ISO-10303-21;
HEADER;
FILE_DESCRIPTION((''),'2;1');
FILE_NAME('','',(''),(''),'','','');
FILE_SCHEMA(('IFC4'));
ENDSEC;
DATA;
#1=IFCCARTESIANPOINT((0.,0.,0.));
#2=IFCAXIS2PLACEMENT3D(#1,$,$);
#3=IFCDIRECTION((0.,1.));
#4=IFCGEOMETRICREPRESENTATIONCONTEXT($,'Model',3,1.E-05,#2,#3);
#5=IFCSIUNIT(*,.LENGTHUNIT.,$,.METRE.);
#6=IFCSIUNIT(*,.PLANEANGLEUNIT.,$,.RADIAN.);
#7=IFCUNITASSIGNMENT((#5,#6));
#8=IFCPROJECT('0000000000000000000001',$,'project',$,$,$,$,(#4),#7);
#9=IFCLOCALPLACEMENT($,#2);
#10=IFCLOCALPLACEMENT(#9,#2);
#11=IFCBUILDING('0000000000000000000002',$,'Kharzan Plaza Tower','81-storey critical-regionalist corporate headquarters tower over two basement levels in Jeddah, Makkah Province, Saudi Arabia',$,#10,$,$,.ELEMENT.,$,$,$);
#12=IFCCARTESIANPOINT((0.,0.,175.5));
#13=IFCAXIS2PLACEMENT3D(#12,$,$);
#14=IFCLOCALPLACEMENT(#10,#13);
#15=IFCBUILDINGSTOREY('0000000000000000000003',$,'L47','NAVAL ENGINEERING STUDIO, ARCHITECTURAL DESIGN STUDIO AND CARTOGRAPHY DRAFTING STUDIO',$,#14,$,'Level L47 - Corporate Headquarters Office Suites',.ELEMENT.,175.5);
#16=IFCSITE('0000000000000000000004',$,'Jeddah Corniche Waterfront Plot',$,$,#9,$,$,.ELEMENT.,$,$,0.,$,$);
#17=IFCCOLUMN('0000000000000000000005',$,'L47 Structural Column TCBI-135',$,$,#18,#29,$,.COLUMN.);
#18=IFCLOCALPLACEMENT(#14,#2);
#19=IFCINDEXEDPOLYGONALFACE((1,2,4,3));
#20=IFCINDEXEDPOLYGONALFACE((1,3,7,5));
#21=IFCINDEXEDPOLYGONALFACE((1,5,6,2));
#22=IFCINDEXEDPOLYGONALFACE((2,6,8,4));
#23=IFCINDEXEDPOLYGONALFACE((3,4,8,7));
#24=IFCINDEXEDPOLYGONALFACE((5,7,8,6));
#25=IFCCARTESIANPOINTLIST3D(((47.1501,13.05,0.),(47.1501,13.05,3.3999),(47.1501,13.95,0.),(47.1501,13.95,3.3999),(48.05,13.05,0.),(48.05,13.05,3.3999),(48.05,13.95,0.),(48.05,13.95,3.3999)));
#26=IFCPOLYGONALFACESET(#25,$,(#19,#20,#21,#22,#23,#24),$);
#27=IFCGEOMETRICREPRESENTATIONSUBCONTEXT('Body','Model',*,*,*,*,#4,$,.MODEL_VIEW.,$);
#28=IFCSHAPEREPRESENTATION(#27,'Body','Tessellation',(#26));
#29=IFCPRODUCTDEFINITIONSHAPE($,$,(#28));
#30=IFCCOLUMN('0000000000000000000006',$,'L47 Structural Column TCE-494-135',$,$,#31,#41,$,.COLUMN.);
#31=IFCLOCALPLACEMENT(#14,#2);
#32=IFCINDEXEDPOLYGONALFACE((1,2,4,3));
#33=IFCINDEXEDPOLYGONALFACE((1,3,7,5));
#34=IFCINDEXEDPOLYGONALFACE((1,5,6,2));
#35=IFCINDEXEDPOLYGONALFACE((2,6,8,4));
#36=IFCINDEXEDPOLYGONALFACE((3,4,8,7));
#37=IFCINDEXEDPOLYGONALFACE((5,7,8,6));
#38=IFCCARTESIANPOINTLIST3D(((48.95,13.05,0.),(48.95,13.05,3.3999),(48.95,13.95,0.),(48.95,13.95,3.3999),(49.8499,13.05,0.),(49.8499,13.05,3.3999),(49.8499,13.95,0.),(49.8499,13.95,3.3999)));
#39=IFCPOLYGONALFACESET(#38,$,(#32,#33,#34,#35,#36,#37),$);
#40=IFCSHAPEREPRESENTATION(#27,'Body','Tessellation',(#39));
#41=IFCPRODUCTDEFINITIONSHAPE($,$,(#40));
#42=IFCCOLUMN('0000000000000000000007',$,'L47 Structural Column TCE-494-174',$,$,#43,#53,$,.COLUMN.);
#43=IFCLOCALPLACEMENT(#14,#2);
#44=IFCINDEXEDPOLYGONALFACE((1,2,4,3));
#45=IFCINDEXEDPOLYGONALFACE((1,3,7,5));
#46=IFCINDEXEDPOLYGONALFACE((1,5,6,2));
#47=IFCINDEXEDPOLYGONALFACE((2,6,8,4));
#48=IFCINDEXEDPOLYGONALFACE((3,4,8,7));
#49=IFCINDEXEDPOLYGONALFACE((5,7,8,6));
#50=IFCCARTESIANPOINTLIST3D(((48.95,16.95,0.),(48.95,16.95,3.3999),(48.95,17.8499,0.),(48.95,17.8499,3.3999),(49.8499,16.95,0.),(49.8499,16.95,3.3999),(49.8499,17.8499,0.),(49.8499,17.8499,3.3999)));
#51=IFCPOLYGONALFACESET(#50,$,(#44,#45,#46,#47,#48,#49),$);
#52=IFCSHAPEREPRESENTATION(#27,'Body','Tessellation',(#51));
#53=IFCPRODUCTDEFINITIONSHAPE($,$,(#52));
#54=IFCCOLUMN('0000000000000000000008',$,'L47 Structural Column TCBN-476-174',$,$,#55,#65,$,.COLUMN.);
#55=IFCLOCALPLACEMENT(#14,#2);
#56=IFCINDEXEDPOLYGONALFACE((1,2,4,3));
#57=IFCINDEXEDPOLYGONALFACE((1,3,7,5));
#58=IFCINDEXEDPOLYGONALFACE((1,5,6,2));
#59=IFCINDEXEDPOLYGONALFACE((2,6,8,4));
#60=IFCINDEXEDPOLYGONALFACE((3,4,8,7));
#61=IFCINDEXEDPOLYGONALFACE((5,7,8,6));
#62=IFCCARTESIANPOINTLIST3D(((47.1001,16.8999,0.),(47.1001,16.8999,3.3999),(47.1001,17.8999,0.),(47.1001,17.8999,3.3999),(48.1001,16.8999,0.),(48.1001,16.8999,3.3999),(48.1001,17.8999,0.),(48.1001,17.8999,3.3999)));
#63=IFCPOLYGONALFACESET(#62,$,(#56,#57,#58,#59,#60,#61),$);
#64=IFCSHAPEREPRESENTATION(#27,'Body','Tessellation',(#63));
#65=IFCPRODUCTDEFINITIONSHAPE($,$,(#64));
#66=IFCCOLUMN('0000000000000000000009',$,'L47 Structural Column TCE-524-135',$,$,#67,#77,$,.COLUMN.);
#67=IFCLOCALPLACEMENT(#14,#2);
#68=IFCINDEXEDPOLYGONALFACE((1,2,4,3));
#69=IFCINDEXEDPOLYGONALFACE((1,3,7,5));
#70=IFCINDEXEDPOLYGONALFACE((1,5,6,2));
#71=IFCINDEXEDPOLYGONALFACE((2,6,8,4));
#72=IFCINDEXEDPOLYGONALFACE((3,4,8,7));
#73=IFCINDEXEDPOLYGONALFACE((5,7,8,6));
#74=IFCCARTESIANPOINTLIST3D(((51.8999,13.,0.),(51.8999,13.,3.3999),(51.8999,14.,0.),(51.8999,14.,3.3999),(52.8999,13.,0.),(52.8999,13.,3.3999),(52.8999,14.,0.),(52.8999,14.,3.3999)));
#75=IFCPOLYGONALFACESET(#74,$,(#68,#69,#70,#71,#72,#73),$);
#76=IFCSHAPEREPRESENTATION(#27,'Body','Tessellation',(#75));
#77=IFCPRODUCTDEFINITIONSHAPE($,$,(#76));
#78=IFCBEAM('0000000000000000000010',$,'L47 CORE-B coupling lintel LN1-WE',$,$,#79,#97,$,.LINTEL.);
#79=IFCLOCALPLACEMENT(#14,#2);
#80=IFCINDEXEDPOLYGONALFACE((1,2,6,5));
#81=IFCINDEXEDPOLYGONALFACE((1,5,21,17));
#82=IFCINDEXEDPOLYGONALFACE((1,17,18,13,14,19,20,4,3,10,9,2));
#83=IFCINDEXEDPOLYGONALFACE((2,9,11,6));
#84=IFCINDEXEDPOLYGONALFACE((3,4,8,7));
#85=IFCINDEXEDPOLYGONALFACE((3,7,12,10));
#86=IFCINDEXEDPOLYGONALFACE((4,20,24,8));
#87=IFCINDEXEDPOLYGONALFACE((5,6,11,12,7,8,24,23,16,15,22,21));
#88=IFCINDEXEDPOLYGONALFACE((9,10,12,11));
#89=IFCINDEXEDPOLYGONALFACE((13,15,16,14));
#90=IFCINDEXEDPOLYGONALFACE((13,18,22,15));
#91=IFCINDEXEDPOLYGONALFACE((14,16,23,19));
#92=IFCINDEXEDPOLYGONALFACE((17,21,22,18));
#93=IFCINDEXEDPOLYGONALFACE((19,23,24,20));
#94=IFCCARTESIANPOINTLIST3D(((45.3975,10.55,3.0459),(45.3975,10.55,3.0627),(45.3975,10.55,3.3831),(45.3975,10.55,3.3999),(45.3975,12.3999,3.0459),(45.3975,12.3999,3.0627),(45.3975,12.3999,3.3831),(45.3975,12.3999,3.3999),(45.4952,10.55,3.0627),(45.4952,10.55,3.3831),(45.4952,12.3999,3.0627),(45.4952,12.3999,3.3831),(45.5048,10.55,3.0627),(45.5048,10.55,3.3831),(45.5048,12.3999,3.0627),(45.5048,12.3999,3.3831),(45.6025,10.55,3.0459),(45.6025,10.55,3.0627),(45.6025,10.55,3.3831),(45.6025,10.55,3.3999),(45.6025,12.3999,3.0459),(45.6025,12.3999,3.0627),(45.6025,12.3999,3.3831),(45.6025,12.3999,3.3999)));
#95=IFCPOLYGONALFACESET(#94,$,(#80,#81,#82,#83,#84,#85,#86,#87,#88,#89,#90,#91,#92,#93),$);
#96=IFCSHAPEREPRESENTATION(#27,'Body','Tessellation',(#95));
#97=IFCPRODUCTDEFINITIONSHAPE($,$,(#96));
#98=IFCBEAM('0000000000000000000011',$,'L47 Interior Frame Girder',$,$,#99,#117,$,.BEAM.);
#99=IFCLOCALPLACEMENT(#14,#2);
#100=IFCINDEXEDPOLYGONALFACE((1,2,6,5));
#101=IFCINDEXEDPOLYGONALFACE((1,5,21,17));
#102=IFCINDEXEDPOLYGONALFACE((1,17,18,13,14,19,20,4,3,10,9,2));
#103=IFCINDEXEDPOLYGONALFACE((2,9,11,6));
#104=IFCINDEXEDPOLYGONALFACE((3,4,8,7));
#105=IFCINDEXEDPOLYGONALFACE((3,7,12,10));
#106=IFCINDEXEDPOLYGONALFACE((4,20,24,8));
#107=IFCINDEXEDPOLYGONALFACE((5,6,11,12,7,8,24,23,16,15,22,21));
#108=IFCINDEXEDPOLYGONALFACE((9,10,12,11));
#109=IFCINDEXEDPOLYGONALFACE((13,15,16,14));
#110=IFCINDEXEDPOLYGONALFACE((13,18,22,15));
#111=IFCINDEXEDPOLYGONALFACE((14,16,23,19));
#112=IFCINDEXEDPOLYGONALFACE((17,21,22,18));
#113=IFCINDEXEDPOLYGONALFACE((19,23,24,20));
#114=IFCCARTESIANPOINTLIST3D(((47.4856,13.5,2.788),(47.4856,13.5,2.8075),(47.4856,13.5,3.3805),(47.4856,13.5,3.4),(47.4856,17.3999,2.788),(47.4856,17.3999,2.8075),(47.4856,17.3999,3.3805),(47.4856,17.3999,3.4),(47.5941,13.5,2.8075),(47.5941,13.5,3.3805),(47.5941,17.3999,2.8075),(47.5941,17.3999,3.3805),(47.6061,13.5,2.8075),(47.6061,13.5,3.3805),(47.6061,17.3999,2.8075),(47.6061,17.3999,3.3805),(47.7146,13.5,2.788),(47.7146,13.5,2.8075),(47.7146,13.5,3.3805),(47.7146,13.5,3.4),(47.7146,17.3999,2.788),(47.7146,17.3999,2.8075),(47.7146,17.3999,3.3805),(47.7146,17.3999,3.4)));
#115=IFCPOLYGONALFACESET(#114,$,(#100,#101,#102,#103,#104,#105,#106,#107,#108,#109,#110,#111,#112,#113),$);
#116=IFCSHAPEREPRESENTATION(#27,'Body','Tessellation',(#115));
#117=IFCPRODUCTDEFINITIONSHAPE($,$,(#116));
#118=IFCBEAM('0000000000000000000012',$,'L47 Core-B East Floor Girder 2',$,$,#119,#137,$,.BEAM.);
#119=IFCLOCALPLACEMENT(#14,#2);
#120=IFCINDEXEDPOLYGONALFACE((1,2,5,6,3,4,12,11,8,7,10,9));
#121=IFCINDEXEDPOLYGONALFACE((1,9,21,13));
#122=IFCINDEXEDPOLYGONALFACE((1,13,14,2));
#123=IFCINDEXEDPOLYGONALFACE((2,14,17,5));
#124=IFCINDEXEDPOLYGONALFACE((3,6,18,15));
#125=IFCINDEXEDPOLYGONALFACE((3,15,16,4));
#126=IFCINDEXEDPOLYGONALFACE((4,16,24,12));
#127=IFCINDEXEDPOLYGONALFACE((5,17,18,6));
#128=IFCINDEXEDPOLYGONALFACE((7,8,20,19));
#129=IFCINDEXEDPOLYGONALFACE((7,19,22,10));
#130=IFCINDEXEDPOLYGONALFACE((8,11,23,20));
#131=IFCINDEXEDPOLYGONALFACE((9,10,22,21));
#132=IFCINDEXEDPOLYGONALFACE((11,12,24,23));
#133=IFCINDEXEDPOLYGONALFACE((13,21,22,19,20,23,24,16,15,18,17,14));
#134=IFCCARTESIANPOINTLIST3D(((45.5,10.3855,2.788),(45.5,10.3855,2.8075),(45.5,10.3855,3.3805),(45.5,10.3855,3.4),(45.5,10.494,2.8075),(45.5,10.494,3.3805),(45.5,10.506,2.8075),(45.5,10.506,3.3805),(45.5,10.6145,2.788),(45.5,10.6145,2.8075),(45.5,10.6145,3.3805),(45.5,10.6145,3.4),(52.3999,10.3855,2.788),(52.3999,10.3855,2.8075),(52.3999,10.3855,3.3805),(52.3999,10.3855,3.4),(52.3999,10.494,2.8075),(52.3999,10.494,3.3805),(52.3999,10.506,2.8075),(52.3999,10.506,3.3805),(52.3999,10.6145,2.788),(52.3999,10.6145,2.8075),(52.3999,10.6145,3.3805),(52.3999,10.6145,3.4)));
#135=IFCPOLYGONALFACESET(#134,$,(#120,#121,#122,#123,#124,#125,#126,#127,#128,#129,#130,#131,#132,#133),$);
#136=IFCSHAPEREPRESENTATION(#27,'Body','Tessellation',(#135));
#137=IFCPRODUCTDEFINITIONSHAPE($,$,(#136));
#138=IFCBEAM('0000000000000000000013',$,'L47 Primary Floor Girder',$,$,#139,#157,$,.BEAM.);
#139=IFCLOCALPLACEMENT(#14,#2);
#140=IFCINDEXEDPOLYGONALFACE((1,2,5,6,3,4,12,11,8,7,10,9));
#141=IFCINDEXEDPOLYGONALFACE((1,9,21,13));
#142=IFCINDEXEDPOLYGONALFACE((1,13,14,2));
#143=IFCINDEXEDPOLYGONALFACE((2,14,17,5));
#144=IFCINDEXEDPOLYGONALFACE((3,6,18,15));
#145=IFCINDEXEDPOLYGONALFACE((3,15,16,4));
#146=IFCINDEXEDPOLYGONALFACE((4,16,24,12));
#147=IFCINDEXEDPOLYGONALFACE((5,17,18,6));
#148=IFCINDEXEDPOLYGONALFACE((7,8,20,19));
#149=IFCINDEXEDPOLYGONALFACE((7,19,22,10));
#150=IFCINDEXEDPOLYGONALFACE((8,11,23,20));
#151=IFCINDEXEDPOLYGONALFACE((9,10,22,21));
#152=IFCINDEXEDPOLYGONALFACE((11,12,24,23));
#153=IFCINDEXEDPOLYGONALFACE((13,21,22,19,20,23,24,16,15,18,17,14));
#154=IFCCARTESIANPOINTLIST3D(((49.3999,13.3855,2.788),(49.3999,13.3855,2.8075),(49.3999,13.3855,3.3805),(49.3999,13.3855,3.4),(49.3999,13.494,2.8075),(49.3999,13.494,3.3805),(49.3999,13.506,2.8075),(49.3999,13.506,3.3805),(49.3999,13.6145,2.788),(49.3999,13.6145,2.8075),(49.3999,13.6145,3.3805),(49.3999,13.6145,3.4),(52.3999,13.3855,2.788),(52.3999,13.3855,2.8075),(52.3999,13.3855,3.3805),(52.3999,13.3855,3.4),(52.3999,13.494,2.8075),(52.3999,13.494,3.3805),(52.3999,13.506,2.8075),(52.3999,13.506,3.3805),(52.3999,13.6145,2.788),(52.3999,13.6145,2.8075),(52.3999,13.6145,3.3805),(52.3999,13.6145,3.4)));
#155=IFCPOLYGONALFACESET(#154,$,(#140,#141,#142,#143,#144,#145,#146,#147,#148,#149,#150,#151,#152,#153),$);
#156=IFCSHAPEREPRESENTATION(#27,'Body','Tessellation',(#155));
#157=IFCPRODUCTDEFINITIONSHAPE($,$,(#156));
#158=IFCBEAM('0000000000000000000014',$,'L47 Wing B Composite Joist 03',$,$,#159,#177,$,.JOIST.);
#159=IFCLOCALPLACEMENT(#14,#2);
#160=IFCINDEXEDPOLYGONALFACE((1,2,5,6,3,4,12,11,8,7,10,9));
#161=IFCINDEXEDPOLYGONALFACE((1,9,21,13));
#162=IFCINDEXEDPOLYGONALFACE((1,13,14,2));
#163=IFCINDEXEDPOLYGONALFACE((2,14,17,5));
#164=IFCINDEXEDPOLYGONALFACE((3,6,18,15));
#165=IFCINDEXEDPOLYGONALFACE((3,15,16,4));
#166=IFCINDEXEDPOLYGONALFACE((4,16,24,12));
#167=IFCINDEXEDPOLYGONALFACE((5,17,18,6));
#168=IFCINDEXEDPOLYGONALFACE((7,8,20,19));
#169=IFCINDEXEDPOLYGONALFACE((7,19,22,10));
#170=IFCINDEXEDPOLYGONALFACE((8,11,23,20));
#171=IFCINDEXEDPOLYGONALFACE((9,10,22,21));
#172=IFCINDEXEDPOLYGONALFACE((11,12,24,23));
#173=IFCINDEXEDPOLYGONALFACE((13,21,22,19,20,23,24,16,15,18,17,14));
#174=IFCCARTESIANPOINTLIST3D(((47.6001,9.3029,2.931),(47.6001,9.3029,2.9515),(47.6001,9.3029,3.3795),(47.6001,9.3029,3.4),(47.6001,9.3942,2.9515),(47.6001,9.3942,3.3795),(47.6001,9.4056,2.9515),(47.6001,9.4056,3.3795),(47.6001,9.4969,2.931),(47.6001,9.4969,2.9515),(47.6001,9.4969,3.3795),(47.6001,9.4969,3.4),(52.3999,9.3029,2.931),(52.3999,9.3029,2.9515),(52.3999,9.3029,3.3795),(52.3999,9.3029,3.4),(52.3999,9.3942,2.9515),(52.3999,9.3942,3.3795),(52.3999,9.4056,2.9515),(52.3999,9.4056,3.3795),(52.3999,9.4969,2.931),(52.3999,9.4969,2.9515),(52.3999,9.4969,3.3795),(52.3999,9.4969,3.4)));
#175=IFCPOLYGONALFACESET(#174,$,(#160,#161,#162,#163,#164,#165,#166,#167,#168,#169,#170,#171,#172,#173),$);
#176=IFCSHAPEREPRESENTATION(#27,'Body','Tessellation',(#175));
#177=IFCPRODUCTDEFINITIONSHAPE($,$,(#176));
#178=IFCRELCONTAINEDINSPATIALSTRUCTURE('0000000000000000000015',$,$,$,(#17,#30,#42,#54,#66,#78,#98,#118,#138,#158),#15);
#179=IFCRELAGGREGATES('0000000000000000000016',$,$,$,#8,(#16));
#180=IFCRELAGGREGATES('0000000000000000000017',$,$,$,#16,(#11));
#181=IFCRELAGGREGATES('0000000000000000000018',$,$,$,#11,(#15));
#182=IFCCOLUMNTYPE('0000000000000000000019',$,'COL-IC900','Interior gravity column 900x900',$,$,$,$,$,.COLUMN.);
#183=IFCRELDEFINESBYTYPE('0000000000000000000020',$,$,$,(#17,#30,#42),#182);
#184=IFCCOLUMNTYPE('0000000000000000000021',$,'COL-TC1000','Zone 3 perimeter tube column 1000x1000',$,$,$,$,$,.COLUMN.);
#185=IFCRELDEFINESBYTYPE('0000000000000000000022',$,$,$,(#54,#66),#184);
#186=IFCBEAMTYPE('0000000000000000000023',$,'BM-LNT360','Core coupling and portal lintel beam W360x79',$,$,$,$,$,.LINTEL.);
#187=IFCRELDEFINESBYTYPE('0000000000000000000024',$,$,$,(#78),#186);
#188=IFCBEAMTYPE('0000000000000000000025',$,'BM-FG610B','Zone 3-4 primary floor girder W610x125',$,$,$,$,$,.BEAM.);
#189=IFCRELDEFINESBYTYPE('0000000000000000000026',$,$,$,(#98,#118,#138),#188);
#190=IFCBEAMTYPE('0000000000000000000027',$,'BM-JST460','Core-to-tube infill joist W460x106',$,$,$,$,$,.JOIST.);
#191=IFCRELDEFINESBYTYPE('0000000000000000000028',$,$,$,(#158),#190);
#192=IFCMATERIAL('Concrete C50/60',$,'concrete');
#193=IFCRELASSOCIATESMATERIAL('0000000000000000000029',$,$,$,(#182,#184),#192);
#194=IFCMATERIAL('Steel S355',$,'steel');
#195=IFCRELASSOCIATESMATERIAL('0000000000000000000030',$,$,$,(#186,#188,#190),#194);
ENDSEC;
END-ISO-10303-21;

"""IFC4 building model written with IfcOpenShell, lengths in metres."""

from ifc_helpers import new_model, si_unit, direction, frame, origin, origin_2d, place, context, subcontext, project, spatial, rectangle, i_section, extrude, source, transform, mapped, material, material_profile, profile_set, type_object, element, save


model = new_model("IFC4")

# Units and contexts
model_context = context("Model", 3, precision=1e-05, world=origin(), true_north=direction((0.0, 1.0)))
body_context = subcontext(model_context, "Body", "Model", "MODEL_VIEW")
ifc_project = project(units=[si_unit("LENGTHUNIT", "METRE"), si_unit("PLANEANGLEUNIT", "RADIAN")], contexts=[model_context])

# Site, building, storey
site_placement = place(None, origin())
site = spatial("IfcSite", under=ifc_project, at=site_placement, Name="Jeddah Corniche Waterfront Plot", CompositionType="ELEMENT", RefElevation=0.0)
building_placement = place(site_placement, origin())
building = spatial("IfcBuilding", under=site, at=building_placement, Name="Kharzan Plaza Tower", Description="81-storey critical-regionalist corporate headquarters tower over two basement levels in Jeddah, Makkah Province, Saudi Arabia", CompositionType="ELEMENT")
storey_placement = place(building_placement, frame((0.0, 0.0, 175.5)))
storey = spatial("IfcBuildingStorey", under=building, at=storey_placement, Name="L47", Description="NAVAL ENGINEERING STUDIO, ARCHITECTURAL DESIGN STUDIO AND CARTOGRAPHY DRAFTING STUDIO", LongName="Level L47 - Corporate Headquarters Office Suites", CompositionType="ELEMENT", Elevation=175.5)

# Columns
ifc_material_1 = material(Name="Concrete C50/60", Category="concrete")
ifc_material_profile_1 = material_profile(ifc_material_1, rectangle(XDim=0.8999, YDim=0.8999, at=origin_2d()), Name="RC-IC900x900")
ifc_profile_set_1 = profile_set([ifc_material_profile_1], Name="Concrete C50/60")
column_type_1 = type_object("IfcColumnType", Name="COL-IC900", Description="Interior gravity column 900x900", PredefinedType="COLUMN", material=ifc_profile_set_1)
shared_shape_1 = source(origin(), body_context, "Body", "SweptSolid", [
    extrude(rectangle(XDim=0.8999, YDim=0.8999, at=origin_2d()), origin(), (0.0, 0.0, 1.0), 3.3999),
])
for number, where, z_axis, x_axis, name in (
    (1, (47.6001, 13.5, 0.0), (0.0, 0.0, 1.0), (1.0, 0.0, 0.0), "L47 Structural Column TCBI-135"),
    (2, (49.3999, 13.5, 0.0), (0.0, 0.0, 1.0), (1.0, 0.0, 0.0), "L47 Structural Column TCE-494-135"),
    (3, (49.3999, 17.3999, 0.0), (0.0, 0.0, 1.0), (1.0, 0.0, 0.0), "L47 Structural Column TCE-494-174"),
):
    element("IfcColumn", number, at=place(storey_placement, frame(where, z_axis=z_axis, x_axis=x_axis)), inside=storey, type_object=column_type_1, Name=name, PredefinedType="COLUMN", context=body_context, shape_type="MappedRepresentation", body=[
        mapped(shared_shape_1, transform((0.0, 0.0, 0.0), x_axis=(1.0, 0.0, 0.0), y_axis=(0.0, 1.0, 0.0), z_axis=(0.0, 0.0, 1.0))),
    ])
ifc_material_profile_2 = material_profile(ifc_material_1, rectangle(XDim=1.0, YDim=1.0, at=origin_2d()), Name="RC-TC1000x1000")
ifc_profile_set_2 = profile_set([ifc_material_profile_2], Name="Concrete C50/60")
column_type_2 = type_object("IfcColumnType", Name="COL-TC1000", Description="Zone 3 perimeter tube column 1000x1000", PredefinedType="COLUMN", material=ifc_profile_set_2)
shared_shape_2 = source(origin(), body_context, "Body", "SweptSolid", [
    extrude(rectangle(XDim=1.0, YDim=1.0, at=origin_2d()), origin(), (0.0, 0.0, 1.0), 3.3999),
])
for number, where, z_axis, x_axis, name in (
    (4, (47.6001, 17.3999, 0.0), (0.0, 0.0, 1.0), (1.0, 0.0, 0.0), "L47 Structural Column TCBN-476-174"),
    (5, (52.3999, 13.5, 0.0), (0.0, 0.0, 1.0), (1.0, 0.0, 0.0), "L47 Structural Column TCE-524-135"),
):
    element("IfcColumn", number, at=place(storey_placement, frame(where, z_axis=z_axis, x_axis=x_axis)), inside=storey, type_object=column_type_2, Name=name, PredefinedType="COLUMN", context=body_context, shape_type="MappedRepresentation", body=[
        mapped(shared_shape_2, transform((0.0, 0.0, 0.0), x_axis=(1.0, 0.0, 0.0), y_axis=(0.0, 1.0, 0.0), z_axis=(0.0, 0.0, 1.0))),
    ])

# Beams
ifc_material_2 = material(Name="Steel S355", Category="steel")
ifc_material_profile_3 = material_profile(ifc_material_2, i_section(OverallWidth=0.2051, OverallDepth=0.354, WebThickness=0.0095, FlangeThickness=0.0168, at=origin_2d()), Name="W360x79")
ifc_profile_set_3 = profile_set([ifc_material_profile_3], Name="Steel S355")
beam_type_1 = type_object("IfcBeamType", Name="BM-LNT360", Description="Core coupling and portal lintel beam W360x79", PredefinedType="LINTEL", material=ifc_profile_set_3)
shared_shape_3 = source(origin(), body_context, "Body", "SweptSolid", [
    extrude(i_section(OverallWidth=0.2051, OverallDepth=0.354, WebThickness=0.0095, FlangeThickness=0.0168, at=origin_2d()), origin(), (0.0, 0.0, 1.0), 1.8499),
])
beam_1_placement = place(storey_placement, frame((45.5, 10.55, 3.2229), z_axis=(0.0, 1.0, 0.0), x_axis=(-1.0, 0.0, 0.0)))
element("IfcBeam", 6, at=beam_1_placement, inside=storey, type_object=beam_type_1, Name="L47 CORE-B coupling lintel LN1-WE", PredefinedType="LINTEL", context=body_context, shape_type="MappedRepresentation", body=[
    mapped(shared_shape_3, transform((0.0, 0.0, 0.0), x_axis=(1.0, 0.0, 0.0), y_axis=(0.0, 1.0, 0.0), z_axis=(0.0, 0.0, 1.0))),
])
ifc_material_profile_4 = material_profile(ifc_material_2, i_section(OverallWidth=0.229, OverallDepth=0.6121, WebThickness=0.012, FlangeThickness=0.0195, at=origin_2d()), Name="W610x125")
ifc_profile_set_4 = profile_set([ifc_material_profile_4], Name="Steel S355")
beam_type_2 = type_object("IfcBeamType", Name="BM-FG610B", Description="Zone 3-4 primary floor girder W610x125", PredefinedType="BEAM", material=ifc_profile_set_4)
shared_shape_4 = source(origin(), body_context, "Body", "SweptSolid", [
    extrude(i_section(OverallWidth=0.229, OverallDepth=0.6121, WebThickness=0.012, FlangeThickness=0.0195, at=origin_2d()), origin(), (0.0, 0.0, 1.0), 3.8999),
])
beam_2_placement = place(storey_placement, frame((47.6001, 13.5, 3.094), z_axis=(0.0, 1.0, 0.0), x_axis=(-1.0, 0.0, 0.0)))
element("IfcBeam", 7, at=beam_2_placement, inside=storey, type_object=beam_type_2, Name="L47 Interior Frame Girder", PredefinedType="BEAM", context=body_context, shape_type="MappedRepresentation", body=[
    mapped(shared_shape_4, transform((0.0, 0.0, 0.0), x_axis=(1.0, 0.0, 0.0), y_axis=(0.0, 1.0, 0.0), z_axis=(0.0, 0.0, 1.0))),
])
shared_shape_5 = source(origin(), body_context, "Body", "SweptSolid", [
    extrude(i_section(OverallWidth=0.229, OverallDepth=0.6121, WebThickness=0.012, FlangeThickness=0.0195, at=origin_2d()), origin(), (0.0, 0.0, 1.0), 6.8999),
])
beam_3_placement = place(storey_placement, frame((45.5, 10.5, 3.094), z_axis=(1.0, 0.0, 0.0), x_axis=(0.0, 1.0, 0.0)))
element("IfcBeam", 8, at=beam_3_placement, inside=storey, type_object=beam_type_2, Name="L47 Core-B East Floor Girder 2", PredefinedType="BEAM", context=body_context, shape_type="MappedRepresentation", body=[
    mapped(shared_shape_5, transform((0.0, 0.0, 0.0), x_axis=(1.0, 0.0, 0.0), y_axis=(0.0, 1.0, 0.0), z_axis=(0.0, 0.0, 1.0))),
])
shared_shape_6 = source(origin(), body_context, "Body", "SweptSolid", [
    extrude(i_section(OverallWidth=0.229, OverallDepth=0.6121, WebThickness=0.012, FlangeThickness=0.0195, at=origin_2d()), origin(), (0.0, 0.0, 1.0), 3.0),
])
beam_4_placement = place(storey_placement, frame((49.3999, 13.5, 3.094), z_axis=(1.0, 0.0, 0.0), x_axis=(0.0, 1.0, 0.0)))
element("IfcBeam", 9, at=beam_4_placement, inside=storey, type_object=beam_type_2, Name="L47 Primary Floor Girder", PredefinedType="BEAM", context=body_context, shape_type="MappedRepresentation", body=[
    mapped(shared_shape_6, transform((0.0, 0.0, 0.0), x_axis=(1.0, 0.0, 0.0), y_axis=(0.0, 1.0, 0.0), z_axis=(0.0, 0.0, 1.0))),
])
ifc_material_profile_5 = material_profile(ifc_material_2, i_section(OverallWidth=0.1941, OverallDepth=0.469, WebThickness=0.0115, FlangeThickness=0.0205, at=origin_2d()), Name="W460x106")
ifc_profile_set_5 = profile_set([ifc_material_profile_5], Name="Steel S355")
beam_type_3 = type_object("IfcBeamType", Name="BM-JST460", Description="Core-to-tube infill joist W460x106", PredefinedType="JOIST", material=ifc_profile_set_5)
shared_shape_7 = source(origin(), body_context, "Body", "SweptSolid", [
    extrude(i_section(OverallWidth=0.1941, OverallDepth=0.469, WebThickness=0.0115, FlangeThickness=0.0205, at=origin_2d()), origin(), (0.0, 0.0, 1.0), 4.7998),
])
for number, where, z_axis, x_axis, name in (
    (10, (47.6001, 9.3999, 3.1655), (1.0, 0.0, 0.0), (0.0, 1.0, 0.0), "L47 Wing B Composite Joist 03"),
):
    element("IfcBeam", number, at=place(storey_placement, frame(where, z_axis=z_axis, x_axis=x_axis)), inside=storey, type_object=beam_type_3, Name=name, PredefinedType="JOIST", context=body_context, shape_type="MappedRepresentation", body=[
        mapped(shared_shape_7, transform((0.0, 0.0, 0.0), x_axis=(1.0, 0.0, 0.0), y_axis=(0.0, 1.0, 0.0), z_axis=(0.0, 0.0, 1.0))),
    ])

save(model, "model.ifc")
